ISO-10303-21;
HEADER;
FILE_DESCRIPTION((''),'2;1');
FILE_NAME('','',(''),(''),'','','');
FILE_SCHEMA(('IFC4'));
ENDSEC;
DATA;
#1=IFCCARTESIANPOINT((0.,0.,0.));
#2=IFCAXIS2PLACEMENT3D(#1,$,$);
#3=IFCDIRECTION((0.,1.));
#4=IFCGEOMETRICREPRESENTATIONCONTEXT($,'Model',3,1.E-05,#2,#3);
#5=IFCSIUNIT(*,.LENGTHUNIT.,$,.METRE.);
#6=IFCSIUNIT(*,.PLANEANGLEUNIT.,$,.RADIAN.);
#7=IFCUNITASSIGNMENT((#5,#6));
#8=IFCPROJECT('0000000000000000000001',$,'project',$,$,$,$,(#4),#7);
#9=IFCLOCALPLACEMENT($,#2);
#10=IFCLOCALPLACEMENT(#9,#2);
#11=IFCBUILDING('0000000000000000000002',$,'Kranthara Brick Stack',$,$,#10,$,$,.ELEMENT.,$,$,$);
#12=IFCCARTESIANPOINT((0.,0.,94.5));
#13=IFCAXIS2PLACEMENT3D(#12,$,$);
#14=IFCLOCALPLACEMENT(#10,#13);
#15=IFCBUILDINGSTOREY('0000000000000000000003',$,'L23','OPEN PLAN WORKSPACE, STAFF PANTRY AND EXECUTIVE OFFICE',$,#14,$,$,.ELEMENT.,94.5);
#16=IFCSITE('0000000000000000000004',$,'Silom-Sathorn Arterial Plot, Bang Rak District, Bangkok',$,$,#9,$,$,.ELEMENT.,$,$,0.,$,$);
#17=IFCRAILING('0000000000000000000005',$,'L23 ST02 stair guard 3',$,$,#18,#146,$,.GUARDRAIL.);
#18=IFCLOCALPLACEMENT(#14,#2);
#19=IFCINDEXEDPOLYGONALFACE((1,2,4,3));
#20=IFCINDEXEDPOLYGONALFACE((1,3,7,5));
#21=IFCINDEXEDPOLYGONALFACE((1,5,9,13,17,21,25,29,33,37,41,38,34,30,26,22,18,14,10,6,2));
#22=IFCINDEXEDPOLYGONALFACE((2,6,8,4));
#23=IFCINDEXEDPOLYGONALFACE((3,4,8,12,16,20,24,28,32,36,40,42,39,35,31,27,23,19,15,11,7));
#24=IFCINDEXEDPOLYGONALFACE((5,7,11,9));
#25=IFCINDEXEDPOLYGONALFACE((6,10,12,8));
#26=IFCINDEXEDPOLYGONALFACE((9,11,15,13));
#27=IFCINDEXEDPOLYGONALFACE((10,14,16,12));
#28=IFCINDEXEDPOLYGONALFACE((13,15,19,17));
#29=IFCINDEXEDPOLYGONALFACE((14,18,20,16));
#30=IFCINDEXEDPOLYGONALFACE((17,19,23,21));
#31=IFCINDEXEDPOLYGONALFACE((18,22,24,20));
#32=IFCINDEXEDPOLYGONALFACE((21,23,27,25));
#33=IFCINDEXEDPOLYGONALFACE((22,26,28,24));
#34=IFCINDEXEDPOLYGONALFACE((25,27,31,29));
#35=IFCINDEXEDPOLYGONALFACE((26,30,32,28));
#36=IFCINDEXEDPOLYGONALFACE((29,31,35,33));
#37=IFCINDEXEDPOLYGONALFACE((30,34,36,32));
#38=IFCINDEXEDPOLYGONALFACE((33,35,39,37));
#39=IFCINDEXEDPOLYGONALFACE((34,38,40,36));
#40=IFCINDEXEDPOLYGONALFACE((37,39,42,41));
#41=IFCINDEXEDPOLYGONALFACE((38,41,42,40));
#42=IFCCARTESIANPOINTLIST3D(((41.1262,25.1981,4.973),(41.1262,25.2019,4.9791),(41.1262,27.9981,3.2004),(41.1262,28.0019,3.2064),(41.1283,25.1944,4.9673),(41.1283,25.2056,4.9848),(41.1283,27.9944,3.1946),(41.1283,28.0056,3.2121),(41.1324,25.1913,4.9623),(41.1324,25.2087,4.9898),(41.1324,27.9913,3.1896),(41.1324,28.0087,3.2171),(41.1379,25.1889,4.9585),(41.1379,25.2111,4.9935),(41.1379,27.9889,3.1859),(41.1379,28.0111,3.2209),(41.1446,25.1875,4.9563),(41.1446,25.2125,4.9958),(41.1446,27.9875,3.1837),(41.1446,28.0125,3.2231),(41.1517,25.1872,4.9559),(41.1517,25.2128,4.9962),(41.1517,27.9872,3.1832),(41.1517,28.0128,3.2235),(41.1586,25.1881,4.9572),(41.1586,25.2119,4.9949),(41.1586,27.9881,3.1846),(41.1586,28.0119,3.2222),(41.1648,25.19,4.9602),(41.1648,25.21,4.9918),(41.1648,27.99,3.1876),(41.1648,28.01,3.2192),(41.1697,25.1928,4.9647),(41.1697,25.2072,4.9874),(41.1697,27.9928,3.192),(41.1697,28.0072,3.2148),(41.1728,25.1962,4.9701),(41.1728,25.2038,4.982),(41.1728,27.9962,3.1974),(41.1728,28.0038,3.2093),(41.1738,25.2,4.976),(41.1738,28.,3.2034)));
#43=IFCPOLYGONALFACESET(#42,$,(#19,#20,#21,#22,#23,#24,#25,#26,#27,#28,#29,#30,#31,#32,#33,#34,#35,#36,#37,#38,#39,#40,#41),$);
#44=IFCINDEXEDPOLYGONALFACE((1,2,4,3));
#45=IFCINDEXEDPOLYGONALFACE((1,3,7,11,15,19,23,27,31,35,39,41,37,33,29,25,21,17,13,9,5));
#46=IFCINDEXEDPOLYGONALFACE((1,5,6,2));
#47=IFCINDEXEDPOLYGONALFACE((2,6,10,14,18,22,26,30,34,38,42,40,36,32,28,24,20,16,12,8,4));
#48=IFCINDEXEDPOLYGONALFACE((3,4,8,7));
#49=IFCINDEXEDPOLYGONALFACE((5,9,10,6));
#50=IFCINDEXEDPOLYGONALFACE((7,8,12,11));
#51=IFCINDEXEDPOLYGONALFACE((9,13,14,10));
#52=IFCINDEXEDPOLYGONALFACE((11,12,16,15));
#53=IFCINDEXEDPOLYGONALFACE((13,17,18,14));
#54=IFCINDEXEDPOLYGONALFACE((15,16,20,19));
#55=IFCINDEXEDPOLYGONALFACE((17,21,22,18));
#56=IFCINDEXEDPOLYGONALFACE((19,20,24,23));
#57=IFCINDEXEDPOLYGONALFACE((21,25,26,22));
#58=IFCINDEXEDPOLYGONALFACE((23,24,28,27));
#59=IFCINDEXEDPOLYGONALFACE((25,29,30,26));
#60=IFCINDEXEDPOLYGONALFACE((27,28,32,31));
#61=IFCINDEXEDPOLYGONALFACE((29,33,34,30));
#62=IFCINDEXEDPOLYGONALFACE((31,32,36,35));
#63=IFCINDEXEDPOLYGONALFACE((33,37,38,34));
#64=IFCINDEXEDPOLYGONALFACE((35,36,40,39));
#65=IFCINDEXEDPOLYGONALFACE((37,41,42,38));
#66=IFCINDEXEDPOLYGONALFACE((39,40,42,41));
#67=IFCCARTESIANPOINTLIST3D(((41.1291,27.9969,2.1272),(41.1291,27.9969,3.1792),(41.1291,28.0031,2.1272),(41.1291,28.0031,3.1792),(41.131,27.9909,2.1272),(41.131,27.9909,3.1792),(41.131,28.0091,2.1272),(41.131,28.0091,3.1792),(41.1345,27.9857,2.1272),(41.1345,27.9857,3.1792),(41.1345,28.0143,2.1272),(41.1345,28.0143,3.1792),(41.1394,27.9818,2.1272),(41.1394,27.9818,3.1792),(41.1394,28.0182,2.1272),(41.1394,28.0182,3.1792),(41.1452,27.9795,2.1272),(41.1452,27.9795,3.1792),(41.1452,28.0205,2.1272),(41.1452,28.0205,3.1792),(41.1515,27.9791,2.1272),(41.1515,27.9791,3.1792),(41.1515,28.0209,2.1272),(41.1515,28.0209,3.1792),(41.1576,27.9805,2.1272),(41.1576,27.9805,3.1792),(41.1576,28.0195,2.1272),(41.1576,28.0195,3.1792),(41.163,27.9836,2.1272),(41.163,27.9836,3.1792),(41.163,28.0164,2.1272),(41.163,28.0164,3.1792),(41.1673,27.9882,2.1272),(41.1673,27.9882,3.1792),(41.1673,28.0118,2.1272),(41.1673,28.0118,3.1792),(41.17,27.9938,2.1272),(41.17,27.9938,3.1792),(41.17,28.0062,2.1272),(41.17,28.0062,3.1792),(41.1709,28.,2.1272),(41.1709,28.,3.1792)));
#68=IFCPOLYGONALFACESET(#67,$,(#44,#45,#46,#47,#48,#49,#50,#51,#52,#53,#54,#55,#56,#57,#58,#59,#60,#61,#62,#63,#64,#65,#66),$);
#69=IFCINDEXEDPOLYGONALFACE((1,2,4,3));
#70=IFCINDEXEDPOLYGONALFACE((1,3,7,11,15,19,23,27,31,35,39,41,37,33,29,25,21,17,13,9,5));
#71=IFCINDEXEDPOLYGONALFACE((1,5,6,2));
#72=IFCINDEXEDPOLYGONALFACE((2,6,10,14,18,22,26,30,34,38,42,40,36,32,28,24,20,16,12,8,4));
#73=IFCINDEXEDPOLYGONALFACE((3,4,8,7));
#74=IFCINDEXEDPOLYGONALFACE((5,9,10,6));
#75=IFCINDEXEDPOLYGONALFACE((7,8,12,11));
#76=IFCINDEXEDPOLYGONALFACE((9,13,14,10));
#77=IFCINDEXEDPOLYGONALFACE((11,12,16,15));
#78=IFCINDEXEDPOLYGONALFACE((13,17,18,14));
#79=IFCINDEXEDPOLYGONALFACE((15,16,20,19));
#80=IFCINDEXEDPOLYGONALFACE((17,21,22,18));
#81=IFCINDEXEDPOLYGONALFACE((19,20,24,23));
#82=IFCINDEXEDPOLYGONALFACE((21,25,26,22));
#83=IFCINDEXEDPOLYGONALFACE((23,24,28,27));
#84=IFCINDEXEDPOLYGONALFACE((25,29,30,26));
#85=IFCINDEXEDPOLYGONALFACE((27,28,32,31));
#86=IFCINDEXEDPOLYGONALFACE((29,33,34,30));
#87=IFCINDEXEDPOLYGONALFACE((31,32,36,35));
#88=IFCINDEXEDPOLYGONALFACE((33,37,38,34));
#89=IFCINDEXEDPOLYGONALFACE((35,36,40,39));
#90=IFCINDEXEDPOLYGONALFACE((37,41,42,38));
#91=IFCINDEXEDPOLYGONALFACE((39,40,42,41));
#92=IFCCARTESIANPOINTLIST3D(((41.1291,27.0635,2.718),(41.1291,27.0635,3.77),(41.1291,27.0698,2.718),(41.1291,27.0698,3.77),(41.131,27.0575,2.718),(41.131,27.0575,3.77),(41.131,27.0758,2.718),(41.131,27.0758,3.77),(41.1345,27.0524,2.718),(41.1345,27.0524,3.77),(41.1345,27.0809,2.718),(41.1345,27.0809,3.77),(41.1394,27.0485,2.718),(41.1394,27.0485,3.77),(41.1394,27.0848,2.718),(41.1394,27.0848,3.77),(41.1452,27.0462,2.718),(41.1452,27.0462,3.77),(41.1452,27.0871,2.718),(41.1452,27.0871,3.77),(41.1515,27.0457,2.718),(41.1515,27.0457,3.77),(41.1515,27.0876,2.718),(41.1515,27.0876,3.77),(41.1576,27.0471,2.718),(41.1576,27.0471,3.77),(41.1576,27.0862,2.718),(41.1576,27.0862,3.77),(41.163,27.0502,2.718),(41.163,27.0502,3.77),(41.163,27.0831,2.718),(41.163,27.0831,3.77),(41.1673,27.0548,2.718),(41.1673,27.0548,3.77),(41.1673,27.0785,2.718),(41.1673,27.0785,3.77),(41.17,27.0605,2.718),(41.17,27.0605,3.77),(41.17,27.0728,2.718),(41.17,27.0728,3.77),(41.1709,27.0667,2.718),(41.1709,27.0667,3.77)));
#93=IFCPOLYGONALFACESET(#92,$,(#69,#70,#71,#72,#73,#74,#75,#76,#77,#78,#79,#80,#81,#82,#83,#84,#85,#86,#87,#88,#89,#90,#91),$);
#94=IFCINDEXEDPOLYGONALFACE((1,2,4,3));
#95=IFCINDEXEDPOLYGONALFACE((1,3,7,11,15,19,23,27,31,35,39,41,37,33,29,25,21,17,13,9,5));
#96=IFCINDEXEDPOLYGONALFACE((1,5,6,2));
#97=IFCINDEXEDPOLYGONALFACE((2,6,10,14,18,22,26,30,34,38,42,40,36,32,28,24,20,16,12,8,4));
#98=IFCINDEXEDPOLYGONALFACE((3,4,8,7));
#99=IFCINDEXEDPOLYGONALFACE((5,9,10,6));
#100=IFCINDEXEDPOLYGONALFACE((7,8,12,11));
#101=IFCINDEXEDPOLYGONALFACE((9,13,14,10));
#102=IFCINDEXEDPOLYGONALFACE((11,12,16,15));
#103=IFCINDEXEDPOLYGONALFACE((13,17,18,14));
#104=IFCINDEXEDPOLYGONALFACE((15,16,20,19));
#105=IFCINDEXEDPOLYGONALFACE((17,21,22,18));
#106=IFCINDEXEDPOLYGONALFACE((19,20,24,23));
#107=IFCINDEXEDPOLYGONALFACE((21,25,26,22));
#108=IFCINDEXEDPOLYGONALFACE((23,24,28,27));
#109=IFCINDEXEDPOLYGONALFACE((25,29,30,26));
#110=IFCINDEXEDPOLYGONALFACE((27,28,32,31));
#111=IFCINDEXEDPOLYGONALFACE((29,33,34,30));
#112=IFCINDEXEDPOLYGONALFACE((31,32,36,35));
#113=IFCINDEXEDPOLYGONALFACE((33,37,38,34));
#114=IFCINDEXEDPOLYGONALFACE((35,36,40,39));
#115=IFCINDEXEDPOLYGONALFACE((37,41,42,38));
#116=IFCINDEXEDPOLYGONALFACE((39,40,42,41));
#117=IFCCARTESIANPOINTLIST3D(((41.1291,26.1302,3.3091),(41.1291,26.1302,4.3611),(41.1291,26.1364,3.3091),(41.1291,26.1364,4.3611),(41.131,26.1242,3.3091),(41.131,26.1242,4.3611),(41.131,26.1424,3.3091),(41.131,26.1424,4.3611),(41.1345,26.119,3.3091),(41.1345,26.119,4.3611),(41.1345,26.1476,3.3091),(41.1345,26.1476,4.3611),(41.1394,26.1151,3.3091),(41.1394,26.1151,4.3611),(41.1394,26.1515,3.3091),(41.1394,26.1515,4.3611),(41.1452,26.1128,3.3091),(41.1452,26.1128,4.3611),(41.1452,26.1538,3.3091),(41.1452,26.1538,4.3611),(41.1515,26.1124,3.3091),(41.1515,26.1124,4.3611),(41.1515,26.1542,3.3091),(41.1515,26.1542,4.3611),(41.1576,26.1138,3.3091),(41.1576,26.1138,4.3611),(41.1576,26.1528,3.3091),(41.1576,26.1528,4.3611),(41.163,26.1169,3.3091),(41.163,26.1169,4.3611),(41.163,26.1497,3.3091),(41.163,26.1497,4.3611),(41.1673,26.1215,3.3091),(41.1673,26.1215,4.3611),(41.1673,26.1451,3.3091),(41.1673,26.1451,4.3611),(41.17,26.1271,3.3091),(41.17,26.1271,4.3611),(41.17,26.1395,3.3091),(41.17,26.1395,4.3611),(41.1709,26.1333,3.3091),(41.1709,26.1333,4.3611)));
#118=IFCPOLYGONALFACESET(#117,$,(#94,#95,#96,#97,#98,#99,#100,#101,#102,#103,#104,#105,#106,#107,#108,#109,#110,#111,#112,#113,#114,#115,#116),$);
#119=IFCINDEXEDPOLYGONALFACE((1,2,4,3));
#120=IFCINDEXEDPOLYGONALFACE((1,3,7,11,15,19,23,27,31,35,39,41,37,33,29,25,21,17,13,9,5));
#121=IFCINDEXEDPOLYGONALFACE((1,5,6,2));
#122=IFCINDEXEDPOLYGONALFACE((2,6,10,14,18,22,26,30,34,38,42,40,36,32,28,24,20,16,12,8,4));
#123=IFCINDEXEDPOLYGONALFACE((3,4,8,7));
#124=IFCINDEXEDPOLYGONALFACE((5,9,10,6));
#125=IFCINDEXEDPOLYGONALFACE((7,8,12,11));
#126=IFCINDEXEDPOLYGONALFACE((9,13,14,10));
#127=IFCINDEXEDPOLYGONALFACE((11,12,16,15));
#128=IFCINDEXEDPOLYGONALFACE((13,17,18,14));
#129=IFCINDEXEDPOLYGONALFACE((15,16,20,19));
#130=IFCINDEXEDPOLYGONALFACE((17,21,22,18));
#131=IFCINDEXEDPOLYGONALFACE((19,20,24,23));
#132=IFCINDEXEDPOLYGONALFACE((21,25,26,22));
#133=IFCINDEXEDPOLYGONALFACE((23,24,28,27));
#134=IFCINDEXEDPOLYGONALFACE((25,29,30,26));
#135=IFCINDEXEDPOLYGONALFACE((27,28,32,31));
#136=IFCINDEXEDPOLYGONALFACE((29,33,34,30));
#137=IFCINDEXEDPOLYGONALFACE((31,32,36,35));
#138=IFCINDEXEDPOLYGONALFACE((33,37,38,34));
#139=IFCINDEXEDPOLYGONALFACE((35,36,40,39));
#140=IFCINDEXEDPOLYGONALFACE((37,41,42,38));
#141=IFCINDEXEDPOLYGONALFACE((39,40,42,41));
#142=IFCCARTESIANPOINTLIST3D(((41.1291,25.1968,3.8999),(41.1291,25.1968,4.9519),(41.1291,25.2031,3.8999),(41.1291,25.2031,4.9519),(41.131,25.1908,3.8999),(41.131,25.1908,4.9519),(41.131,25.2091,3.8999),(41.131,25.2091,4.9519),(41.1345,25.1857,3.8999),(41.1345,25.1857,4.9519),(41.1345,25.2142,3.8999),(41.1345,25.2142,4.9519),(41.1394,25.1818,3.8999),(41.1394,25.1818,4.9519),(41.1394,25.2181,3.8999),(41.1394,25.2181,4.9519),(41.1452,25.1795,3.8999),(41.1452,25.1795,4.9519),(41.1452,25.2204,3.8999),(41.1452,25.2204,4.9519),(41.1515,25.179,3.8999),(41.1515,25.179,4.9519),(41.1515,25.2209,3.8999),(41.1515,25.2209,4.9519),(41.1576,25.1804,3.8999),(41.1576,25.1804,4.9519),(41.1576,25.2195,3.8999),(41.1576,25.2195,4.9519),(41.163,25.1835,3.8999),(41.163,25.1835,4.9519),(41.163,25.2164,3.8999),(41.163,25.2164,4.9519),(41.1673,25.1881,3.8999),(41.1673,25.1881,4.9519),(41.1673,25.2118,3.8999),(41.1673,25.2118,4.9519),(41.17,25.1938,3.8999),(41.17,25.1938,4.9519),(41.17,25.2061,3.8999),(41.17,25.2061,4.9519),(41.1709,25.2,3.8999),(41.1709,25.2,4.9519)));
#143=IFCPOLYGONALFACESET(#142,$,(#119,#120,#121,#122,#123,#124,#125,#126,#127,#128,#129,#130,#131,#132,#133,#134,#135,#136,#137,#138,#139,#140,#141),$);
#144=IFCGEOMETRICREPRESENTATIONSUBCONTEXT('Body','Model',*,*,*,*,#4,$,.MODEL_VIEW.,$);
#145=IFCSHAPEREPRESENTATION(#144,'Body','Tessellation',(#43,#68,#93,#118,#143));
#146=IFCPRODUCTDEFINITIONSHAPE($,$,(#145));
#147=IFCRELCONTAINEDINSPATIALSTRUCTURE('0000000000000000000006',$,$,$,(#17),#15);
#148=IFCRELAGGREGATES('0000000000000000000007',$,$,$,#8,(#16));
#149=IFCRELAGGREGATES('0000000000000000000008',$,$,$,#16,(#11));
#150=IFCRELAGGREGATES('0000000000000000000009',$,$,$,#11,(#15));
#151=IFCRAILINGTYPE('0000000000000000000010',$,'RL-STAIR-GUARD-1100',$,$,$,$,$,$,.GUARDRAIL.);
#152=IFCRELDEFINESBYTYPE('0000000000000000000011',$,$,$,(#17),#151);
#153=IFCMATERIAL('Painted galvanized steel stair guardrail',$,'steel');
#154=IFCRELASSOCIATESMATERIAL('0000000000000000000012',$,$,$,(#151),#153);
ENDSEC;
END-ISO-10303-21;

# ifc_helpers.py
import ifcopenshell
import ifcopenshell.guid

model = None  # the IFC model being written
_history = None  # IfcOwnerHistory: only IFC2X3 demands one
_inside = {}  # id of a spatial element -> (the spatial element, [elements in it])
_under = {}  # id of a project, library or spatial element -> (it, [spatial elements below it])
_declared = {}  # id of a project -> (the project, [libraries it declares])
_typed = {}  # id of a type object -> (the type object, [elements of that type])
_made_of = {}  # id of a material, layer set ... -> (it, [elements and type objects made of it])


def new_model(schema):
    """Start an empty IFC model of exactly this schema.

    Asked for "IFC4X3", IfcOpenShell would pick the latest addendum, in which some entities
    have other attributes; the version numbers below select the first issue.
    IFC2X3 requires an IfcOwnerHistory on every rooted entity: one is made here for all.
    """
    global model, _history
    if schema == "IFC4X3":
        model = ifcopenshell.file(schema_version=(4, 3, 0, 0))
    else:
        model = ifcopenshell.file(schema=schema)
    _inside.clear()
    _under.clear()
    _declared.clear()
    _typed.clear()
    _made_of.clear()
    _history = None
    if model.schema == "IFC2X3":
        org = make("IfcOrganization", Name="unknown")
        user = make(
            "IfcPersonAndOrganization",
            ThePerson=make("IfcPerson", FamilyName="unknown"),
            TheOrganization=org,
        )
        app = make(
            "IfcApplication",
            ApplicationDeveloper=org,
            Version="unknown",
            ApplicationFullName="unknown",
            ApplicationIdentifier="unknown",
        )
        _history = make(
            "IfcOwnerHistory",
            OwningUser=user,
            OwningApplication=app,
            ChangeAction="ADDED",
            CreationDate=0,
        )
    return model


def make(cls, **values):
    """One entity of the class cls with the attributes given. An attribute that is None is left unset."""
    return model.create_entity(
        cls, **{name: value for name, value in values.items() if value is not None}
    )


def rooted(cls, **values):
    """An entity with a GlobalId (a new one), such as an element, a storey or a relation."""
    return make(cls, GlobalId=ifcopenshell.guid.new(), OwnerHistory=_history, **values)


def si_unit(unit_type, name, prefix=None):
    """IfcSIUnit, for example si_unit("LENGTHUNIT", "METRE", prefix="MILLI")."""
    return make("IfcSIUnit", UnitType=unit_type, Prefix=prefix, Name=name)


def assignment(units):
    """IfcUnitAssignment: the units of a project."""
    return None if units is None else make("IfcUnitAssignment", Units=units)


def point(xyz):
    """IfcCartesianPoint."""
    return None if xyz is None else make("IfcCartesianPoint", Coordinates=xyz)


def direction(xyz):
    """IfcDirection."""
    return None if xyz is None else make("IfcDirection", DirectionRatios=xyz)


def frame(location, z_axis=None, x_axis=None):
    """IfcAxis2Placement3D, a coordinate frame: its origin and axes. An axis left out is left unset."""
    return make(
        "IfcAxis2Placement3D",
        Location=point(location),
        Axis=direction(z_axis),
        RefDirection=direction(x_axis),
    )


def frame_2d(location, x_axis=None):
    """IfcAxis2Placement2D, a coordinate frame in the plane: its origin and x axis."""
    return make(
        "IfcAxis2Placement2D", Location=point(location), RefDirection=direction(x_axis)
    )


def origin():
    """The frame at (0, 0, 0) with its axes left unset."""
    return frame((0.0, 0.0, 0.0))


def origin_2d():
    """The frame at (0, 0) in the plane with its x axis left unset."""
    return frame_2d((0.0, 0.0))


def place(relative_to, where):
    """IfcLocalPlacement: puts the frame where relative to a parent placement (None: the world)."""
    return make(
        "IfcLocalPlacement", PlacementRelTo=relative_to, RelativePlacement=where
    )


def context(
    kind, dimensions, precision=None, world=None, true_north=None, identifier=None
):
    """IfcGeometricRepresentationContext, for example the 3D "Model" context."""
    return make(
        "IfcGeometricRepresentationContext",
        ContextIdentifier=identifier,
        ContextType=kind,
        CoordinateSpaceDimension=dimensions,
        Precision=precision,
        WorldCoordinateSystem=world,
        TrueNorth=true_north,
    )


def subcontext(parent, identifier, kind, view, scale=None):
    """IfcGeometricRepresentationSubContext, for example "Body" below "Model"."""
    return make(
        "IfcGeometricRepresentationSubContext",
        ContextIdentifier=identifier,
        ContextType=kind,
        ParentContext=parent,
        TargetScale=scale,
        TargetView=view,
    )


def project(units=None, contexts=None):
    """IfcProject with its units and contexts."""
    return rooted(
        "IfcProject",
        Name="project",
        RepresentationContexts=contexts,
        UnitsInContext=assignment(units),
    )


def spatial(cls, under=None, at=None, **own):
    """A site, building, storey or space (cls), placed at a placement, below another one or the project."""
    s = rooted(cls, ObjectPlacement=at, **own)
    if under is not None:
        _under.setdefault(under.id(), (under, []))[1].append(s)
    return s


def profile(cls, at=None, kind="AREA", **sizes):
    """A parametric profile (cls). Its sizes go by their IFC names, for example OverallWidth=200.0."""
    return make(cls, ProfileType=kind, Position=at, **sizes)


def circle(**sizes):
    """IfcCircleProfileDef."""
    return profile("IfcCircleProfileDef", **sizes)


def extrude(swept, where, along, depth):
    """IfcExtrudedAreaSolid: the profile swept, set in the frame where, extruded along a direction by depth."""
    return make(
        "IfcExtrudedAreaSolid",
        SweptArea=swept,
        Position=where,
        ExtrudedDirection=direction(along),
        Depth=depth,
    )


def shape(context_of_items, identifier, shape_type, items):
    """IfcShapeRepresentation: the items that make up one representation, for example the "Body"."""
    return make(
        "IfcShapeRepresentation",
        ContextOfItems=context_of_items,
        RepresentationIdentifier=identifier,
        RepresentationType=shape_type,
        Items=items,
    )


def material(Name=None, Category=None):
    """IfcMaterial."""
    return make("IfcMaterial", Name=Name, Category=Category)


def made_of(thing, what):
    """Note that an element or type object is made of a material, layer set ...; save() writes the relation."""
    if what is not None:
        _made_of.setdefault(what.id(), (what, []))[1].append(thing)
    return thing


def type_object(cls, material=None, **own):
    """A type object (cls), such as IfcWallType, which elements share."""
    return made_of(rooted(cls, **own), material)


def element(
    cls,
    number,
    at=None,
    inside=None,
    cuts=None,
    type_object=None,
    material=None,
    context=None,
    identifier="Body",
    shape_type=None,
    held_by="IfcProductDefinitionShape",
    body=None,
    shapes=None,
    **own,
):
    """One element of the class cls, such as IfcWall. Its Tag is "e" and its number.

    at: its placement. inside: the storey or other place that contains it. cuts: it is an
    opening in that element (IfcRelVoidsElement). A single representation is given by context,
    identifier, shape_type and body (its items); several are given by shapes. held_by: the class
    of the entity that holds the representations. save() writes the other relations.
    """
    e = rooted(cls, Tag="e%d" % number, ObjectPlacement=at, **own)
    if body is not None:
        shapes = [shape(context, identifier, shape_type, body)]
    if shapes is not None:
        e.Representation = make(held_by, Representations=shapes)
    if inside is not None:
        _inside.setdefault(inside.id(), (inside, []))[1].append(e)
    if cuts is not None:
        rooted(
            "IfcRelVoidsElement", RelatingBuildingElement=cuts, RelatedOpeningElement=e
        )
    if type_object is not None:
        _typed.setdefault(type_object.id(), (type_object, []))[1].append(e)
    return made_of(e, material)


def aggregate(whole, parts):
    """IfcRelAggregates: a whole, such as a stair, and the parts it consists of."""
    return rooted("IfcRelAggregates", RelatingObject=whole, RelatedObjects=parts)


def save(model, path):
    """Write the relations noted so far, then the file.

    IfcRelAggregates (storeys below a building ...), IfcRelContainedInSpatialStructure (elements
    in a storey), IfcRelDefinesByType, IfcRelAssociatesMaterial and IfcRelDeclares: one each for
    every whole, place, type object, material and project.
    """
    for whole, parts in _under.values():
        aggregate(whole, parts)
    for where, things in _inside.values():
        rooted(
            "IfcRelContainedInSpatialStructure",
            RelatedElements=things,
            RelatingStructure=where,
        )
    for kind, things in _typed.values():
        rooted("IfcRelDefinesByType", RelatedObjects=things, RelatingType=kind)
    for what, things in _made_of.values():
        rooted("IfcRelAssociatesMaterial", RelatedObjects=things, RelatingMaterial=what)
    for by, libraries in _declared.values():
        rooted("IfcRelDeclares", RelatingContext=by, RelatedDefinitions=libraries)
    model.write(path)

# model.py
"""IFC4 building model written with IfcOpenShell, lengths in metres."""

from ifc_helpers import new_model, si_unit, direction, frame, origin, origin_2d, place, context, subcontext, project, spatial, circle, extrude, material, type_object, element, save


model = new_model("IFC4")

# Units and contexts
model_context = context("Model", 3, precision=1e-05, world=origin(), true_north=direction((0.0, 1.0)))
body_context = subcontext(model_context, "Body", "Model", "MODEL_VIEW")
ifc_project = project(units=[si_unit("LENGTHUNIT", "METRE"), si_unit("PLANEANGLEUNIT", "RADIAN")], contexts=[model_context])

# Site, building, storey
site_placement = place(None, origin())
site = spatial("IfcSite", under=ifc_project, at=site_placement, Name="Silom-Sathorn Arterial Plot, Bang Rak District, Bangkok", CompositionType="ELEMENT", RefElevation=0.0)
building_placement = place(site_placement, origin())
building = spatial("IfcBuilding", under=site, at=building_placement, Name="Kranthara Brick Stack", CompositionType="ELEMENT")
storey_placement = place(building_placement, frame((0.0, 0.0, 94.5)))
storey = spatial("IfcBuildingStorey", under=building, at=storey_placement, Name="L23", Description="OPEN PLAN WORKSPACE, STAFF PANTRY AND EXECUTIVE OFFICE", CompositionType="ELEMENT", Elevation=94.5)

# Railing
ifc_material_1 = material(Name="Painted galvanized steel stair guardrail", Category="steel")
railing_type_1 = type_object("IfcRailingType", Name="RL-STAIR-GUARD-1100", PredefinedType="GUARDRAIL", material=ifc_material_1)
railing_1_placement = place(storey_placement, frame((41.1499, 28.0, 2.1272)))
element("IfcRailing", 1, at=railing_1_placement, inside=storey, type_object=railing_type_1, Name="L23 ST02 stair guard 3", PredefinedType="GUARDRAIL", context=body_context, shape_type="SweptSolid", body=[
    extrude(circle(Radius=0.0239, at=origin_2d()), frame((0.0, 0.0, 1.0762), z_axis=(0.0, -0.844909, 0.53491), x_axis=(1.0, 0.0, 0.0)), (0.0, 0.0, 1.0), 3.314),
    extrude(circle(Radius=0.021, at=origin_2d()), origin(), (0.0, 0.0, 1.0), 1.052),
    extrude(circle(Radius=0.021, at=origin_2d()), frame((0.0, -0.9333, 0.5908)), (0.0, 0.0, 1.0), 1.052),
    extrude(circle(Radius=0.021, at=origin_2d()), frame((0.0, -1.8667, 1.1819)), (0.0, 0.0, 1.0), 1.052),
    extrude(circle(Radius=0.021, at=origin_2d()), frame((0.0, -2.8, 1.7727)), (0.0, 0.0, 1.0), 1.052),
])

save(model, "model.ifc")
